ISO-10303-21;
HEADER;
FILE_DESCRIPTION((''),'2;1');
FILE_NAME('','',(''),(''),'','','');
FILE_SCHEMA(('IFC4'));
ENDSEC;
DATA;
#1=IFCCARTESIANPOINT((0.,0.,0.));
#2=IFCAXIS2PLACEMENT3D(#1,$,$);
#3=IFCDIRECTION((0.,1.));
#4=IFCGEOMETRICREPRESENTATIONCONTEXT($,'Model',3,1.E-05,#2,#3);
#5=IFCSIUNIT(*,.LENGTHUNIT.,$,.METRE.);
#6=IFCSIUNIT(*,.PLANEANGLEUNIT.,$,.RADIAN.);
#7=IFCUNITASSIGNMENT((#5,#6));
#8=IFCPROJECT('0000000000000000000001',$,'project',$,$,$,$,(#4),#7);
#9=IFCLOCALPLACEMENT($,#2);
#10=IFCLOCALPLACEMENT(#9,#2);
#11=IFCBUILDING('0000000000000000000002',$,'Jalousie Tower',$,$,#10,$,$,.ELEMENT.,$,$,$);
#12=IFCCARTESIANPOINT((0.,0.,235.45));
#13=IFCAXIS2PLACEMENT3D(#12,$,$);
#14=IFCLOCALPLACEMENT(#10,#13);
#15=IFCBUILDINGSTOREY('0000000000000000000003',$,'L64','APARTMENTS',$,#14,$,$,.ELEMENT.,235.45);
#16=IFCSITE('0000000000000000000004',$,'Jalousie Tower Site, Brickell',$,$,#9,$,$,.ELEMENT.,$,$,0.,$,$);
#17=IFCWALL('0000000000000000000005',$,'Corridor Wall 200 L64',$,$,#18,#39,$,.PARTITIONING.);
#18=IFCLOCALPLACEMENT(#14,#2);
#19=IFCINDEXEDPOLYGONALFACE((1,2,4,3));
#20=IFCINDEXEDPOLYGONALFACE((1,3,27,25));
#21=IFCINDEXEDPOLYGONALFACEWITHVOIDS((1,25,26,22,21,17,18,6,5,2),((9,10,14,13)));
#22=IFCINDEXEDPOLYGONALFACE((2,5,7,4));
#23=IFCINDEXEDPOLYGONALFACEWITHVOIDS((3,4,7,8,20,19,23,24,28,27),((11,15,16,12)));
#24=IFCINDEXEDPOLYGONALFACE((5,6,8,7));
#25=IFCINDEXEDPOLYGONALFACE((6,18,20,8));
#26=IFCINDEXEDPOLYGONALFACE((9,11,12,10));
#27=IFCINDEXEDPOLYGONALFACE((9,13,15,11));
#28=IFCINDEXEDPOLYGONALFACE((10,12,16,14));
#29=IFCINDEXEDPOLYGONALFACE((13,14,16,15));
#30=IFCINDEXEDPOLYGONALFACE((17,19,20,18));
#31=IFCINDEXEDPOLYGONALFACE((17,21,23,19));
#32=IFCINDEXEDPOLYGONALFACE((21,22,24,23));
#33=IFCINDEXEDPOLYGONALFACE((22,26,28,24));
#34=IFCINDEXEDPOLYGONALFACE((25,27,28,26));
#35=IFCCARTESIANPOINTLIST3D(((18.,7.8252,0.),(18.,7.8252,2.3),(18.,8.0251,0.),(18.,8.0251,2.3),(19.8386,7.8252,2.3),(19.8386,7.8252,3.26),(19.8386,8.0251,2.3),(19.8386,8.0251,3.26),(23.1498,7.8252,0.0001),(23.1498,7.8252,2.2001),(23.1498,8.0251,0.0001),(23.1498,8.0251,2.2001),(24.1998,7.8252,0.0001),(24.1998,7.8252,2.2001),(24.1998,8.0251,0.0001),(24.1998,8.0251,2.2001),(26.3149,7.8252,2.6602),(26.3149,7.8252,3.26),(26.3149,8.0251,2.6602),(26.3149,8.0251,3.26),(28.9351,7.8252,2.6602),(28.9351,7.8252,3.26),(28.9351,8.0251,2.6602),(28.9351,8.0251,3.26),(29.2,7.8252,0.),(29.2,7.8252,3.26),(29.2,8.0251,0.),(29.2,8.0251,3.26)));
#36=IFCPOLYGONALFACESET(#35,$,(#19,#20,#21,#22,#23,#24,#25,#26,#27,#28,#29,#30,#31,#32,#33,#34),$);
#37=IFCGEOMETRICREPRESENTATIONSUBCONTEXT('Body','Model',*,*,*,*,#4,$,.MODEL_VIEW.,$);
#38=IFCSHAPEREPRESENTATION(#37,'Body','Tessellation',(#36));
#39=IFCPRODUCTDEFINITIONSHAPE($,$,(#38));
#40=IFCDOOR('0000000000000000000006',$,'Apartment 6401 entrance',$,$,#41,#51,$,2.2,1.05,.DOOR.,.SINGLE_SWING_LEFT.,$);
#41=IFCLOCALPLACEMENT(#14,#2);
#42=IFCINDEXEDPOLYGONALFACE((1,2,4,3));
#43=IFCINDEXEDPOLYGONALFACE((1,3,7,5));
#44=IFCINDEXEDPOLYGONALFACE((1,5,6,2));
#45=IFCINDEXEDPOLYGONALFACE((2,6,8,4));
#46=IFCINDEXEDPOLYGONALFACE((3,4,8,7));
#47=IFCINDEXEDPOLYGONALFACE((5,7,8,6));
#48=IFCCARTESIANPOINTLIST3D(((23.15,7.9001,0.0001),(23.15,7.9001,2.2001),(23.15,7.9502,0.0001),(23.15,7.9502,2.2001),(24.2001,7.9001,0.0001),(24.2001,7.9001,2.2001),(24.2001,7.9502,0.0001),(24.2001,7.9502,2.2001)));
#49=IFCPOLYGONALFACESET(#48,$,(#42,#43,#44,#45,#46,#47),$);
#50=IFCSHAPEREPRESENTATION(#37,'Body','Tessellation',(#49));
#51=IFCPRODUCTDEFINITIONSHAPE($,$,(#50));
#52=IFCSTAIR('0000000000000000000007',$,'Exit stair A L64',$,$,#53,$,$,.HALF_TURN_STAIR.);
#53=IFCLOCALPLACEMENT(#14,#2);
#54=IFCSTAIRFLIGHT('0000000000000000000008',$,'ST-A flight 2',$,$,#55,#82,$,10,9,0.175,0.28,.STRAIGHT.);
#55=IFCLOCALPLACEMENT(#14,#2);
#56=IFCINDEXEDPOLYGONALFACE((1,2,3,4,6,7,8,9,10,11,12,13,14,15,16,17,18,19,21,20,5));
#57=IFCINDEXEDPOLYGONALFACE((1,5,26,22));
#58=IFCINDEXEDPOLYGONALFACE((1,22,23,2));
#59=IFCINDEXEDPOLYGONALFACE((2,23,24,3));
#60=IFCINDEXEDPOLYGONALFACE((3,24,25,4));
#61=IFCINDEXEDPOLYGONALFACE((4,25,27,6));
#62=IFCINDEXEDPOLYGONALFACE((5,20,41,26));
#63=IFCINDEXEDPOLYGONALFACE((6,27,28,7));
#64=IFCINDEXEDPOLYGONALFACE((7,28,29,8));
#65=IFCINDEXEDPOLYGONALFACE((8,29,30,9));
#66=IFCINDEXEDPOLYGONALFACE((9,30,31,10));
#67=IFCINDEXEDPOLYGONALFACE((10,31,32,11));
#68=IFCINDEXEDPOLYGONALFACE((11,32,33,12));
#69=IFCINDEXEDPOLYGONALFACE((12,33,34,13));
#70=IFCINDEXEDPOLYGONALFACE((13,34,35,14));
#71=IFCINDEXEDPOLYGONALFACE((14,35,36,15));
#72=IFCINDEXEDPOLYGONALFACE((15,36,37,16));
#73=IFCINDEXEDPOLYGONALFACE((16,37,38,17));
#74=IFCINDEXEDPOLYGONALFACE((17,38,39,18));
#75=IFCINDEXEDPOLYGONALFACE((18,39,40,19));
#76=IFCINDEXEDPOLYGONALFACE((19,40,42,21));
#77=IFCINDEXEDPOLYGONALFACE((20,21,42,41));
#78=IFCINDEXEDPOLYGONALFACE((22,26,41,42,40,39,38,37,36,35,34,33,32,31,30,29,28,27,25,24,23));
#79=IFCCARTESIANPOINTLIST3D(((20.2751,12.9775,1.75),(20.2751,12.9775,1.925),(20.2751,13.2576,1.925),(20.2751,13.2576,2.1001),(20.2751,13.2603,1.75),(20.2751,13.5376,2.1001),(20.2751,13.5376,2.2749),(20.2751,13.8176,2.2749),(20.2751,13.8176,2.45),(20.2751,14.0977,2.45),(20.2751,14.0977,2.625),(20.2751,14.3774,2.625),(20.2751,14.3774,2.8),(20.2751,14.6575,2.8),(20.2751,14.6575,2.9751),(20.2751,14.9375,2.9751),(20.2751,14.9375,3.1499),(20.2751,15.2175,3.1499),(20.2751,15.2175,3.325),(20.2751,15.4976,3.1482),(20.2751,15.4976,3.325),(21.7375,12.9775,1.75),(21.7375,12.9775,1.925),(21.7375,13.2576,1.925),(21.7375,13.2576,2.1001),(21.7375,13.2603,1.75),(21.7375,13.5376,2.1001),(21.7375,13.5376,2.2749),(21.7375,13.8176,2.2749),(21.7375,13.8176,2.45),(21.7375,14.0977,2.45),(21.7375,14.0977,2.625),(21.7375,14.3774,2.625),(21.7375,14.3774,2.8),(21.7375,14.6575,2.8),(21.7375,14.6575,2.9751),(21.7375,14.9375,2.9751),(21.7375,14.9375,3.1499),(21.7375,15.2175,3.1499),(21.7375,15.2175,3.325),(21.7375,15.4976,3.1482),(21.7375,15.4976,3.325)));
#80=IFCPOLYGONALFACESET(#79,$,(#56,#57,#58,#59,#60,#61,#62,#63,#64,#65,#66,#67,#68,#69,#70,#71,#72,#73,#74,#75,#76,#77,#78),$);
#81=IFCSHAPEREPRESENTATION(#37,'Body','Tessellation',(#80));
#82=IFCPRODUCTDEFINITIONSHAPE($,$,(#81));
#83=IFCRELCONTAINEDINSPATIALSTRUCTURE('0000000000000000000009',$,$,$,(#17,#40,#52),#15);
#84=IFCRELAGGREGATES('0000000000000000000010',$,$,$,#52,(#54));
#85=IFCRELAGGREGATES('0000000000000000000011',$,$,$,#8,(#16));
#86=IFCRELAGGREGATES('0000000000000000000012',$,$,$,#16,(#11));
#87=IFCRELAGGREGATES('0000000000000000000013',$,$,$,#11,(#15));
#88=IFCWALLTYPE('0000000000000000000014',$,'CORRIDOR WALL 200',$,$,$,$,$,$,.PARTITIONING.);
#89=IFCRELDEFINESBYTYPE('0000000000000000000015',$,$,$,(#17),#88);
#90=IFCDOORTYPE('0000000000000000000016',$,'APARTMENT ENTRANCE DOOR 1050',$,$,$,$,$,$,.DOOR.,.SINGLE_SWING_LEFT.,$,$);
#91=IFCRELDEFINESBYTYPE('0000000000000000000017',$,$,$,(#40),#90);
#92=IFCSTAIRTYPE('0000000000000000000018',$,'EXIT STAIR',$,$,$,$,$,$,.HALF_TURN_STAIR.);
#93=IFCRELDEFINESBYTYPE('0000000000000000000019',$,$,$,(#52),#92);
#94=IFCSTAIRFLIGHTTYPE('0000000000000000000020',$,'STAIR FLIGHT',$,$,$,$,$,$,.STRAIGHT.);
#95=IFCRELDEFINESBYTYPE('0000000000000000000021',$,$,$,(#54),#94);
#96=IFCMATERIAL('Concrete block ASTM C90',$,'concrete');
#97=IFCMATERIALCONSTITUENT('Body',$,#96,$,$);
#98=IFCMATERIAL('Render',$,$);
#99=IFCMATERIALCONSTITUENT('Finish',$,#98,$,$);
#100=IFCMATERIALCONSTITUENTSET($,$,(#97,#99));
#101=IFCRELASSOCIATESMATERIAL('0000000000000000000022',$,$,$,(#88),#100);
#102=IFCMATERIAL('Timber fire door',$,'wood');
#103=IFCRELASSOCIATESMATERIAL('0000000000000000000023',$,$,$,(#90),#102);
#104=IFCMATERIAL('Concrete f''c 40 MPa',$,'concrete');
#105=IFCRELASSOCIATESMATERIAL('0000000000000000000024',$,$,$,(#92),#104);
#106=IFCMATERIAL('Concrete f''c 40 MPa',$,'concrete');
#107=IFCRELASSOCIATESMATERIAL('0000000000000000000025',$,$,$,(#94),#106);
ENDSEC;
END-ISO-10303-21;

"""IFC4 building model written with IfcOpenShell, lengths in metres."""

from ifc_helpers import new_model, si_unit, direction, frame, frame_2d, origin, place, context, subcontext, project, spatial, polyline, rectangle, outline, extrude, material, constituent, constituent_set, type_object, element, fill, aggregate, save


model = new_model("IFC4")

# Units and contexts
model_context = context("Model", 3, precision=1e-05, world=origin(), true_north=direction((0.0, 1.0)))
body_context = subcontext(model_context, "Body", "Model", "MODEL_VIEW")
ifc_project = project(units=[si_unit("LENGTHUNIT", "METRE"), si_unit("PLANEANGLEUNIT", "RADIAN")], contexts=[model_context])

# Site, building, storey
site_placement = place(None, origin())
site = spatial("IfcSite", under=ifc_project, at=site_placement, Name="Jalousie Tower Site, Brickell", CompositionType="ELEMENT", RefElevation=0.0)
building_placement = place(site_placement, origin())
building = spatial("IfcBuilding", under=site, at=building_placement, Name="Jalousie Tower", CompositionType="ELEMENT")
storey_placement = place(building_placement, frame((0.0, 0.0, 235.45)))
storey = spatial("IfcBuildingStorey", under=building, at=storey_placement, Name="L64", Description="APARTMENTS", CompositionType="ELEMENT", Elevation=235.45)

# Wall, opening, door
ifc_material_1 = material(Name="Concrete block ASTM C90", Category="concrete")
ifc_constituent_1 = constituent(ifc_material_1, Name="Body")
ifc_material_2 = material(Name="Render")
ifc_constituent_2 = constituent(ifc_material_2, Name="Finish")
ifc_constituent_set_1 = constituent_set(constituents=[ifc_constituent_1, ifc_constituent_2])
wall_type_1 = type_object("IfcWallType", Name="CORRIDOR WALL 200", PredefinedType="PARTITIONING", material=ifc_constituent_set_1)
wall_1_placement = place(storey_placement, frame((18.0, 7.925, 0.0), z_axis=(0.0, 0.0, 1.0), x_axis=(1.0, 0.0, 0.0)))
wall_1 = element("IfcWall", 1, at=wall_1_placement, inside=storey, type_object=wall_type_1, Name="Corridor Wall 200 L64", PredefinedType="PARTITIONING", context=body_context, shape_type="SweptSolid", body=[
    extrude(outline(polyline([(0.0, 0.0), (11.2, 0.0), (11.2, 3.26), (10.9351, 3.26), (10.9351, 2.6602), (8.3149, 2.6602), (8.3149, 3.26), (1.8386, 3.26), (1.8386, 2.3), (0.0, 2.3), (0.0, 3.26), (0.0, 0.0)])), frame((0.0, 0.1001, 0.0), z_axis=(0.0, -1.0, 0.0), x_axis=(1.0, 0.0, 0.0)), (0.0, 0.0, 1.0), 0.2),
])
opening_1_placement = place(wall_1_placement, frame((5.1499, 0.0, 0.0)))
opening_1 = element("IfcOpeningElement", 2, at=opening_1_placement, cuts=wall_1, PredefinedType="OPENING", context=body_context, shape_type="SweptSolid", body=[
    extrude(rectangle(XDim=1.05, YDim=2.2, at=frame_2d((0.5249, 1.1001))), frame((0.0, 0.1099, 0.0), z_axis=(0.0, -1.0, 0.0), x_axis=(1.0, 0.0, 0.0)), (0.0, 0.0, 1.0), 0.22),
])
ifc_material_3 = material(Name="Timber fire door", Category="wood")
door_type_1 = type_object("IfcDoorType", Name="APARTMENT ENTRANCE DOOR 1050", OperationType="SINGLE_SWING_LEFT", PredefinedType="DOOR", material=ifc_material_3)
door_1_placement = place(opening_1_placement, frame((1.05, 0.0, 0.0), z_axis=(0.0, 0.0, 1.0), x_axis=(-1.0, 0.0, 0.0)))
door_1 = element("IfcDoor", 3, at=door_1_placement, inside=storey, type_object=door_type_1, Name="Apartment 6401 entrance", OperationType="SINGLE_SWING_LEFT", OverallHeight=2.2, OverallWidth=1.05, PredefinedType="DOOR", context=body_context, shape_type="SweptSolid", body=[
    extrude(rectangle(XDim=1.05, YDim=2.2, at=frame_2d((0.5249, 1.1001))), frame((0.0, 0.0249, 0.0), z_axis=(0.0, -1.0, 0.0), x_axis=(1.0, 0.0, 0.0)), (0.0, 0.0, 1.0), 0.05),
])
fill(opening_1, door_1)

# Stair, stair flight
ifc_material_4 = material(Name="Concrete f'c 40 MPa", Category="concrete")
stair_type = type_object("IfcStairType", Name="EXIT STAIR", PredefinedType="HALF_TURN_STAIR", material=ifc_material_4)
stair_placement = place(storey_placement, origin())
stair = element("IfcStair", 4, at=stair_placement, inside=storey, type_object=stair_type, Name="Exit stair A L64", PredefinedType="HALF_TURN_STAIR")
ifc_material_5 = material(Name="Concrete f'c 40 MPa", Category="concrete")
stair_flight_type = type_object("IfcStairFlightType", Name="STAIR FLIGHT", PredefinedType="STRAIGHT", material=ifc_material_5)
stair_flight_placement = place(storey_placement, frame((21.0063, 12.9775, 1.75), z_axis=(0.0, 0.0, 1.0), x_axis=(0.0, 1.0, 0.0)))
stair_flight = element("IfcStairFlight", 5, at=stair_flight_placement, type_object=stair_flight_type, Name="ST-A flight 2", NumberOfRisers=10, NumberOfTreads=9, PredefinedType="STRAIGHT", RiserHeight=0.175, TreadLength=0.28, context=body_context, shape_type="SweptSolid", body=[
    extrude(outline(polyline([(0.0, 0.0), (0.0, 0.175), (0.28, 0.175), (0.28, 0.3501), (0.5601, 0.3501), (0.5601, 0.5249), (0.8401, 0.5249), (0.8401, 0.7), (1.1201, 0.7), (1.1201, 0.875), (1.3999, 0.875), (1.3999, 1.05), (1.6799, 1.05), (1.6799, 1.2251), (1.96, 1.2251), (1.96, 1.3999), (2.24, 1.3999), (2.24, 1.575), (2.52, 1.575), (2.52, 1.75), (2.52, 1.3982), (0.2827, 0.0), (0.0, 0.0)])), frame((0.0, 0.7312, 0.0), z_axis=(0.0, -1.0, 0.0), x_axis=(1.0, 0.0, 0.0)), (0.0, 0.0, 1.0), 1.4624),
])
aggregate(stair, [stair_flight])

save(model, "model.ifc")
